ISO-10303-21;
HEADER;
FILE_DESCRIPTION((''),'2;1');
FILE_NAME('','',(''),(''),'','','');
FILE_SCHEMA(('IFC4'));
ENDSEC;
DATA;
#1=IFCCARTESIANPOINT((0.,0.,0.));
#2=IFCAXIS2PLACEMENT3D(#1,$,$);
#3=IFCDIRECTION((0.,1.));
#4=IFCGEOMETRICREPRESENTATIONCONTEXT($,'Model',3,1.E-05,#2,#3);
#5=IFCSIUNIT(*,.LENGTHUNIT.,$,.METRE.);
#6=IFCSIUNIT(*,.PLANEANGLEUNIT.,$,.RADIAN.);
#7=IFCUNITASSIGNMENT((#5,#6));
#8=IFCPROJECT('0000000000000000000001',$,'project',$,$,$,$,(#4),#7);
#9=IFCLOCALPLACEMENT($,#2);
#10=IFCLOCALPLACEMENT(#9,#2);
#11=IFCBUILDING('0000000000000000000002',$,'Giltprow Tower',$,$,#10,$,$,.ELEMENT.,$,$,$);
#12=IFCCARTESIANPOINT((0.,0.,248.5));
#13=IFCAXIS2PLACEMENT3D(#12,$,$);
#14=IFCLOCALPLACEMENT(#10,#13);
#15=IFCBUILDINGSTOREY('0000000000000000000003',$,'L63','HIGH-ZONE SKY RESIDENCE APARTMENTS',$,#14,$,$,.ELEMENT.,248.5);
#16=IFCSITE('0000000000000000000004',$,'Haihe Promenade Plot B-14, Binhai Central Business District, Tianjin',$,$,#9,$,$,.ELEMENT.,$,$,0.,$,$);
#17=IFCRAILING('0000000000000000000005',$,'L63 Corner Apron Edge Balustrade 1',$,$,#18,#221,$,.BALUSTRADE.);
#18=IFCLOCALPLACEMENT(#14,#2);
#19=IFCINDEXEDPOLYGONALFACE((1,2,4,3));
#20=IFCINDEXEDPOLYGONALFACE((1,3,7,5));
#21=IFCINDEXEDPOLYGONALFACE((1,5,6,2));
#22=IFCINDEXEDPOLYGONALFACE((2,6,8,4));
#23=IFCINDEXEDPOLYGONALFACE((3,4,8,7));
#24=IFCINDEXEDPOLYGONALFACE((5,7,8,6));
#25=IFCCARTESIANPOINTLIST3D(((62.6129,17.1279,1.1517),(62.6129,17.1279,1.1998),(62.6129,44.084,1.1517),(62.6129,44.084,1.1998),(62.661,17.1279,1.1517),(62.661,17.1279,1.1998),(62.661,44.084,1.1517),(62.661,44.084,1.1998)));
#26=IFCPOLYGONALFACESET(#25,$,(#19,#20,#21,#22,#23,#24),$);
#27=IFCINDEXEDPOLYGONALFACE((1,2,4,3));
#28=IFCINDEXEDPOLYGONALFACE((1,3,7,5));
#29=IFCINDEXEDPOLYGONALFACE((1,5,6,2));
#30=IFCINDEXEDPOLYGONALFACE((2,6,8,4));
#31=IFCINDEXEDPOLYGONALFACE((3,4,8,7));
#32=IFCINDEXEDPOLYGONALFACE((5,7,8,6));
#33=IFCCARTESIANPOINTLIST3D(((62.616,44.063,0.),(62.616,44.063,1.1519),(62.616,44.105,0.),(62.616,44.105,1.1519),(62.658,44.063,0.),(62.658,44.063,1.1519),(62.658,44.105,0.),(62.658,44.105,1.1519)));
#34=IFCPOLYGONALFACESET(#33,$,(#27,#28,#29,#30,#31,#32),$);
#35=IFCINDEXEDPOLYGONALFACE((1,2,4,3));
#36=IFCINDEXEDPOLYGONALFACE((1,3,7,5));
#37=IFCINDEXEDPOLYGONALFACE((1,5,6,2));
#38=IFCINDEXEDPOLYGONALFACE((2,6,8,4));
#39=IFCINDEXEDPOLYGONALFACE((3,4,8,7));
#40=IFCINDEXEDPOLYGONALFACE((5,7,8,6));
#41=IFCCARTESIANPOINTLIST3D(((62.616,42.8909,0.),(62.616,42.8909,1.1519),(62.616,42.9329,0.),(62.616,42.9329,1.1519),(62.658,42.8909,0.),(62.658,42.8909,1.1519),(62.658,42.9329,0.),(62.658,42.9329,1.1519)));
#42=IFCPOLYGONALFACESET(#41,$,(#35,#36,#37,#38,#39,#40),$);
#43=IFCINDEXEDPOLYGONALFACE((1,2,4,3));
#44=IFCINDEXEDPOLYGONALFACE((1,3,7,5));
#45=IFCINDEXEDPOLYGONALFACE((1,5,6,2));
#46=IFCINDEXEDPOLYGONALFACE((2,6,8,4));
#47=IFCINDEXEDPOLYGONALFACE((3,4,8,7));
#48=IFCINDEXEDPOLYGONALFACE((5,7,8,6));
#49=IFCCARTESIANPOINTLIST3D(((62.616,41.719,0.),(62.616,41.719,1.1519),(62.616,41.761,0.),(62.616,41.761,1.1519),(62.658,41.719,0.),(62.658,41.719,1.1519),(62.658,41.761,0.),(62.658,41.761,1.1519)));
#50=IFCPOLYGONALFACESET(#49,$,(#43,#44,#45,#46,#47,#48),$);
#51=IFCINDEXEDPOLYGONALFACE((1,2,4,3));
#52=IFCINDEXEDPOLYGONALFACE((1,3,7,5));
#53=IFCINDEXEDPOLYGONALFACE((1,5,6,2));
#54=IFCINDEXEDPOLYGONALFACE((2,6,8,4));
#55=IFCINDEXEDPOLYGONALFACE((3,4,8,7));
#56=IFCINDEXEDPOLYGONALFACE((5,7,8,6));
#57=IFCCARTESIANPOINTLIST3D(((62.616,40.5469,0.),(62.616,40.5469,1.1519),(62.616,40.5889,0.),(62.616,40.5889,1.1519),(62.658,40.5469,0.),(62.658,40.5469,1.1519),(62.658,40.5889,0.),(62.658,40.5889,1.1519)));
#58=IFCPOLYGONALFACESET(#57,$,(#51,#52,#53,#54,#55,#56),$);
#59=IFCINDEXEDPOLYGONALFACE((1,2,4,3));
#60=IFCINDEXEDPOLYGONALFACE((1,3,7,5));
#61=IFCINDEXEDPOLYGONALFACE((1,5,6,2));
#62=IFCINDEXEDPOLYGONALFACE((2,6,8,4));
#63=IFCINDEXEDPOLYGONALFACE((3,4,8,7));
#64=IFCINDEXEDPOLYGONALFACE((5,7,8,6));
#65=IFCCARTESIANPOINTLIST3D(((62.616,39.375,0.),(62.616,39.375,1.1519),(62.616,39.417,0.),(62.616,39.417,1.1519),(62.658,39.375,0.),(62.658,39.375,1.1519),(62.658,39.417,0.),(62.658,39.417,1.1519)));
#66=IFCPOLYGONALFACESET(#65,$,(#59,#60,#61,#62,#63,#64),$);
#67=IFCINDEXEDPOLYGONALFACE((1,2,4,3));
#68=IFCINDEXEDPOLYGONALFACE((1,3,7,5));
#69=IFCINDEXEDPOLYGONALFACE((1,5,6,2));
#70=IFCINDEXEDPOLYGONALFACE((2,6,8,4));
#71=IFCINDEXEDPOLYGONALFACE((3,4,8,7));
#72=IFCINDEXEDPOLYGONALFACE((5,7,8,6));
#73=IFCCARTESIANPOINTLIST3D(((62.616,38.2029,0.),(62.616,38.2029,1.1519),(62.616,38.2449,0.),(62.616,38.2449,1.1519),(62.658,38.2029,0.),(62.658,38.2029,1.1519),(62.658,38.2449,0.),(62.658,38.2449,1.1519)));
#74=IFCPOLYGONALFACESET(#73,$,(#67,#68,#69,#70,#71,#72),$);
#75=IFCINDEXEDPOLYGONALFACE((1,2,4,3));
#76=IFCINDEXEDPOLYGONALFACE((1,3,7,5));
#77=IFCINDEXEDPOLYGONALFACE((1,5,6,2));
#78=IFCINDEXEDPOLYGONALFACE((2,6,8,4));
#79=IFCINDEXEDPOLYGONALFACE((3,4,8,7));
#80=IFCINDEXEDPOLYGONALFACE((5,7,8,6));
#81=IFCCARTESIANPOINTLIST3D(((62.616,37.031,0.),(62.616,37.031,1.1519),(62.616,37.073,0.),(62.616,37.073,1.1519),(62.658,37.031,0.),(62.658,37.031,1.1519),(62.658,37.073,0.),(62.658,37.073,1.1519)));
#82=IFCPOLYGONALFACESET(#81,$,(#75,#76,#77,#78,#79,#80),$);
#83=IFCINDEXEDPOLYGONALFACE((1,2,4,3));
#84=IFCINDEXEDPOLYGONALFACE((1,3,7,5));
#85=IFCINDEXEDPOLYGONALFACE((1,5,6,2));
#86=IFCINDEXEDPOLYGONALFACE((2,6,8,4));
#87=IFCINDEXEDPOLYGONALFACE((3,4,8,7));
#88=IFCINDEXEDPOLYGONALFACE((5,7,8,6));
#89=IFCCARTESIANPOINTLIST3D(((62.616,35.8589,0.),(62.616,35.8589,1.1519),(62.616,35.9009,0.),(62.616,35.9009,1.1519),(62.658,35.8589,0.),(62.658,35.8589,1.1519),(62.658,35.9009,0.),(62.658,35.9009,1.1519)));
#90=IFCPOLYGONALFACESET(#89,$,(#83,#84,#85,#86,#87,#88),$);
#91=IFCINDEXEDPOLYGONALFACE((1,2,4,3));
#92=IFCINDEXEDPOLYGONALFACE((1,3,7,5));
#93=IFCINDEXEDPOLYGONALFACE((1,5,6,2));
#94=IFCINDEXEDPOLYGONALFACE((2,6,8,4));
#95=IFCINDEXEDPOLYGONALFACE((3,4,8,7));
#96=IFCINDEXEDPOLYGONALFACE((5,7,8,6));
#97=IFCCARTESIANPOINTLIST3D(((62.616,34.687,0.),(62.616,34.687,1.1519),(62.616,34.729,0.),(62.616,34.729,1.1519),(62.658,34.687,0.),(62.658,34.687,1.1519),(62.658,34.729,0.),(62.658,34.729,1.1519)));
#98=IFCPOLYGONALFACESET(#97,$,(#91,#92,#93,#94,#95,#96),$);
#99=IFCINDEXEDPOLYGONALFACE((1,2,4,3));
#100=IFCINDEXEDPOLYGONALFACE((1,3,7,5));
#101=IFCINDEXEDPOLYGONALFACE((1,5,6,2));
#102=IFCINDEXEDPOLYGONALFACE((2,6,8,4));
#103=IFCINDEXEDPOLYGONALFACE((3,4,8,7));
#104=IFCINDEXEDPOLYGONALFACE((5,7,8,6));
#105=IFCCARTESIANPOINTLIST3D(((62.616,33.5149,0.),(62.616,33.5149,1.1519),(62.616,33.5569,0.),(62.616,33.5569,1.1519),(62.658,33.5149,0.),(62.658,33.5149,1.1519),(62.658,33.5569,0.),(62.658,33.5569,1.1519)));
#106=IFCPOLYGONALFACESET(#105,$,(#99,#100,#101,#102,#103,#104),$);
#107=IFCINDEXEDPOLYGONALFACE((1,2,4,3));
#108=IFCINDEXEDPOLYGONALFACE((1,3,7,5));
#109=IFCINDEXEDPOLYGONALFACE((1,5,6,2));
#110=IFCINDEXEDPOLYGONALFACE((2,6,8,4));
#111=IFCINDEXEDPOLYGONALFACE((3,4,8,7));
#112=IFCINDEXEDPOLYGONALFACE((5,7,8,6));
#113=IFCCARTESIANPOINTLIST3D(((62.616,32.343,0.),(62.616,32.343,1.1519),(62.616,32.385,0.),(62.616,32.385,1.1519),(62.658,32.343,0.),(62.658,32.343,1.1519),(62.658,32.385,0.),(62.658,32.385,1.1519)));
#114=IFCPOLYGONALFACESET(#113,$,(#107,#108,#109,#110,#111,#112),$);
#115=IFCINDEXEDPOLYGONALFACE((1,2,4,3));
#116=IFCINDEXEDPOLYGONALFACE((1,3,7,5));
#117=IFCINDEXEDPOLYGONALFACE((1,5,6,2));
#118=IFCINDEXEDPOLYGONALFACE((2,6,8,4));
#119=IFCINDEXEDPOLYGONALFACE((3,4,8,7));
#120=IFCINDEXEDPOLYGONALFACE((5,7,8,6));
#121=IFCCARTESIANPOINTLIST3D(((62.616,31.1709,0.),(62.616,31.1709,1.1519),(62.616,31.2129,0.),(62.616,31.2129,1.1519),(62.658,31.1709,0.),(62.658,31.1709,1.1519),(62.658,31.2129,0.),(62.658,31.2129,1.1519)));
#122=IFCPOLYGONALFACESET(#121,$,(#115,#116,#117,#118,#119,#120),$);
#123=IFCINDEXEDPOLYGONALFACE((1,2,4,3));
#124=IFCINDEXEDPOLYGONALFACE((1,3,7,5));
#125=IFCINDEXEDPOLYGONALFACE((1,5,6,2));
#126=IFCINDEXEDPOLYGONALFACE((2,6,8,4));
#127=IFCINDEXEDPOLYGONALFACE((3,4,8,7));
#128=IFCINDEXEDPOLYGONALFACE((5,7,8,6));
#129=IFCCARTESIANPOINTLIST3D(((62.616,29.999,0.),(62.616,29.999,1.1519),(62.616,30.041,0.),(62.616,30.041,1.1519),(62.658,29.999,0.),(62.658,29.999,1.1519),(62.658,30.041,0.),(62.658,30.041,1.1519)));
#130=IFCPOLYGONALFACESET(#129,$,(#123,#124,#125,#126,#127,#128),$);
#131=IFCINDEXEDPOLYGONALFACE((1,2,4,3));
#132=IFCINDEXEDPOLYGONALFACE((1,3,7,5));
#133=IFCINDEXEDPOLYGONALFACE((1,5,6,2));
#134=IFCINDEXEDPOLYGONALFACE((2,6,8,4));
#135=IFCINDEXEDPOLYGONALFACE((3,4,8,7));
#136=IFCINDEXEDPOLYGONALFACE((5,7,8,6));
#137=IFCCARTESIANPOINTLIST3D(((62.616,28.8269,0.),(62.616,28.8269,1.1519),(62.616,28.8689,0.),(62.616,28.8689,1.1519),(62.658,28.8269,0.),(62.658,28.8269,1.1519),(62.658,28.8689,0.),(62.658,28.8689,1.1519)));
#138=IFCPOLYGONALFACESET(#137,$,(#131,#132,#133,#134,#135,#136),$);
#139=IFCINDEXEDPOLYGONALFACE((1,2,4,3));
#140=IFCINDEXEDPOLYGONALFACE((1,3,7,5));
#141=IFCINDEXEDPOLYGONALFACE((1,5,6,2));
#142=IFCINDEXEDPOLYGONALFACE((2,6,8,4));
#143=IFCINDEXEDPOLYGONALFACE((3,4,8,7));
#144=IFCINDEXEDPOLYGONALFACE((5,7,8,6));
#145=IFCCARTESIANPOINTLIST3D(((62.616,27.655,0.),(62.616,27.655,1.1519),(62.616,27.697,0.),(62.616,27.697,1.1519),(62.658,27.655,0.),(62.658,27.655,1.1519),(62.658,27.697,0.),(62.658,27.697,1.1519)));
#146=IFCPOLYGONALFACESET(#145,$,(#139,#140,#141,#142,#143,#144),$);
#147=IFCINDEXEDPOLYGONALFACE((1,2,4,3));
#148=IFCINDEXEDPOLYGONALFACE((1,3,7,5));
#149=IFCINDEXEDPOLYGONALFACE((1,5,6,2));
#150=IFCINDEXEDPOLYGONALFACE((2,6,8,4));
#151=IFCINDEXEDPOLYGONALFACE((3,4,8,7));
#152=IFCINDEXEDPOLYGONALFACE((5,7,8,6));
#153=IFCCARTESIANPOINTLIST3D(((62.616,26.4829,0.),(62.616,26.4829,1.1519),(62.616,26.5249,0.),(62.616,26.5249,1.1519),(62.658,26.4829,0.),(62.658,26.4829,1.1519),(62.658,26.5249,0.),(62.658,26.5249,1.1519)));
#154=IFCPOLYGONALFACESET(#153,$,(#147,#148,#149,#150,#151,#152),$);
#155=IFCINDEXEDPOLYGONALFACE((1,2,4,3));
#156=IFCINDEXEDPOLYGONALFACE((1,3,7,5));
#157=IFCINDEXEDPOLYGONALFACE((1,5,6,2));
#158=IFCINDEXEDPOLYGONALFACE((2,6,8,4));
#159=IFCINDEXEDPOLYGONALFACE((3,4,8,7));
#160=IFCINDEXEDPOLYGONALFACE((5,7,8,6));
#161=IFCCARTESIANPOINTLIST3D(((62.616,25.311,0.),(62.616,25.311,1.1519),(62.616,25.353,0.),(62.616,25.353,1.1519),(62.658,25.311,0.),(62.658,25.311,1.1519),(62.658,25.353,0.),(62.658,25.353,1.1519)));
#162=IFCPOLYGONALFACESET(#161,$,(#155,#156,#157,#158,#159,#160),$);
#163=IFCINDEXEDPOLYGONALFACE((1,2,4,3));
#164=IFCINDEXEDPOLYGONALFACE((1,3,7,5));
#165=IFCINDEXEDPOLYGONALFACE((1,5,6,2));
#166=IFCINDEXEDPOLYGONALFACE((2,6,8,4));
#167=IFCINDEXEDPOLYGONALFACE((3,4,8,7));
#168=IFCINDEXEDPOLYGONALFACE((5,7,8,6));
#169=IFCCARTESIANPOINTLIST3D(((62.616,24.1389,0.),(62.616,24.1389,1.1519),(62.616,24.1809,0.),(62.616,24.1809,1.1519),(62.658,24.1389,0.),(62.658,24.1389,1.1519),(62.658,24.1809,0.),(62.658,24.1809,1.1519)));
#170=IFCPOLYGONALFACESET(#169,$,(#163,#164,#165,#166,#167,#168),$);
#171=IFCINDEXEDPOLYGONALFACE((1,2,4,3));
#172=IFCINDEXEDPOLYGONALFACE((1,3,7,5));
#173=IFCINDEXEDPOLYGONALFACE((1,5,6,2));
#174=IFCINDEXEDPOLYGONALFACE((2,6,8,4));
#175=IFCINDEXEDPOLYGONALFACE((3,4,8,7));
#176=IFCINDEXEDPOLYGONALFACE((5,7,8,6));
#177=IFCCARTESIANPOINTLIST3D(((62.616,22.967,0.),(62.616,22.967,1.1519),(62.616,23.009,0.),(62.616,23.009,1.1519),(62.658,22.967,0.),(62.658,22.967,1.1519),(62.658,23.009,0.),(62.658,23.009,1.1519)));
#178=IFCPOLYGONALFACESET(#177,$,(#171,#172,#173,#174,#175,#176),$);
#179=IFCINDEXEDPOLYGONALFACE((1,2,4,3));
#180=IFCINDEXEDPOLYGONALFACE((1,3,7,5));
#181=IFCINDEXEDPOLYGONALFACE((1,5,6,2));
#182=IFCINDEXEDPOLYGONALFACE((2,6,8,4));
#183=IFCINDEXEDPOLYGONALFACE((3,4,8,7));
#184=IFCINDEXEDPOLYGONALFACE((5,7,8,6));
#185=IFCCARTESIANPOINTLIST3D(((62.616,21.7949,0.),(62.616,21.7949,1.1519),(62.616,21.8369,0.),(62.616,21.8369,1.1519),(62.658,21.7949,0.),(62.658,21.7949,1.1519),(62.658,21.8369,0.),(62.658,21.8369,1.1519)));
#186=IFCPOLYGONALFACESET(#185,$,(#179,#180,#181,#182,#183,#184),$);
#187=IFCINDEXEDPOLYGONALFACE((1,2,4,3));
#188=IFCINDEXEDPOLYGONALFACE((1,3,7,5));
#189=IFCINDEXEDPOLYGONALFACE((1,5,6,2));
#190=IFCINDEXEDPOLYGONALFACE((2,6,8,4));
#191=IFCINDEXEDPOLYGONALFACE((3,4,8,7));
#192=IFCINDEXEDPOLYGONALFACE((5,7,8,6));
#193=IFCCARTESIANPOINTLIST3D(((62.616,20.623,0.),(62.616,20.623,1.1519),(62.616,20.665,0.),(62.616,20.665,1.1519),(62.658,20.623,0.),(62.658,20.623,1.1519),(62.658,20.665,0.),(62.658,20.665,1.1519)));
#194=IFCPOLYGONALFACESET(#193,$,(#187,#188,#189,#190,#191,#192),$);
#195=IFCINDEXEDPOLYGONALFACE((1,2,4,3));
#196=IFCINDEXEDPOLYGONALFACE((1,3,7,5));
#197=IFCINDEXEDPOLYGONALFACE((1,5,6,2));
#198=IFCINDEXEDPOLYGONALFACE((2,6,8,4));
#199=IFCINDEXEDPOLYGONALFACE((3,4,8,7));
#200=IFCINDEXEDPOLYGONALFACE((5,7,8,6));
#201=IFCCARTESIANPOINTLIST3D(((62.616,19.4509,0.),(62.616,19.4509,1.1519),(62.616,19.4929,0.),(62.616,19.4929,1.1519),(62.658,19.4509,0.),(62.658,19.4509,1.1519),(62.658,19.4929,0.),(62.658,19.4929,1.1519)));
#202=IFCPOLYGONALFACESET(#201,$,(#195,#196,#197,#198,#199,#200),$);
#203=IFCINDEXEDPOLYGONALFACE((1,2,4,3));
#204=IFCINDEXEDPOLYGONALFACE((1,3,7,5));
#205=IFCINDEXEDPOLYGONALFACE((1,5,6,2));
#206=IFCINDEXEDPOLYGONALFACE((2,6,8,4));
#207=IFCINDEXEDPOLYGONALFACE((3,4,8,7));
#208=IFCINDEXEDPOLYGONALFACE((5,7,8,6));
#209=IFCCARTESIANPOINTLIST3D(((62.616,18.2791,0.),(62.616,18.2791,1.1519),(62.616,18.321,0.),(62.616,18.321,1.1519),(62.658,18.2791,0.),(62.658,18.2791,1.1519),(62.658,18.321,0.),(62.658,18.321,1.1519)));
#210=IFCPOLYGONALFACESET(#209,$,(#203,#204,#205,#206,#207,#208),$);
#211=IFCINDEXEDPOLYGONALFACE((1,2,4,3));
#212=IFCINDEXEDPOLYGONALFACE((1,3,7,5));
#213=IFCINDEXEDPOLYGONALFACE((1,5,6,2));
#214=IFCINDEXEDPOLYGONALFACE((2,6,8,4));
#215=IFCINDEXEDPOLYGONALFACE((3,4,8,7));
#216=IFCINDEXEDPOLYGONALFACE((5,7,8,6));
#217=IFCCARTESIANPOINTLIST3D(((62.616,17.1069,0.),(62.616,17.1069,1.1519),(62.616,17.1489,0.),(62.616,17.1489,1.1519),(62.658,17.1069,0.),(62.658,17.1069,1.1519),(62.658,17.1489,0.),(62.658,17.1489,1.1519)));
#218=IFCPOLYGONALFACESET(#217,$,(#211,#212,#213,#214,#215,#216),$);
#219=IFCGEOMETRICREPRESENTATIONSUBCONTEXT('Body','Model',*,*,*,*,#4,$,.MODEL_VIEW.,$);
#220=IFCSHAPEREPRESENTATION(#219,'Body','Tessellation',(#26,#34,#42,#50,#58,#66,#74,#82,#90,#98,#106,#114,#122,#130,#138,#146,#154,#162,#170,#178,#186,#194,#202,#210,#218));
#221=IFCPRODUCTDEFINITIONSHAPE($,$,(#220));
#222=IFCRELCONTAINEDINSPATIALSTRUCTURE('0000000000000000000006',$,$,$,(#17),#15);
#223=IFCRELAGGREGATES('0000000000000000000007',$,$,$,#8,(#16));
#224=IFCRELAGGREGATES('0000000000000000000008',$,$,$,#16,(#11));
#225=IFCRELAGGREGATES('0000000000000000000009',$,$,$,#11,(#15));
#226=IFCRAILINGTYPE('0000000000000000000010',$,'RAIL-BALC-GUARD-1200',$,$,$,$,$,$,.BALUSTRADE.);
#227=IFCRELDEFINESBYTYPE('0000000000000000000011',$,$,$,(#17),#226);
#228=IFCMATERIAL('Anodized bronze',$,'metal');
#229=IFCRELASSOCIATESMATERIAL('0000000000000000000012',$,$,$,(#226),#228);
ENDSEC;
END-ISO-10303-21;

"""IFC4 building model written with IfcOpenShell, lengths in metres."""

from ifc_helpers import new_model, si_unit, direction, frame, origin, origin_2d, place, context, subcontext, project, spatial, rectangle, extrude, material, type_object, element, save


model = new_model("IFC4")

# Units and contexts
model_context = context("Model", 3, precision=1e-05, world=origin(), true_north=direction((0.0, 1.0)))
body_context = subcontext(model_context, "Body", "Model", "MODEL_VIEW")
ifc_project = project(units=[si_unit("LENGTHUNIT", "METRE"), si_unit("PLANEANGLEUNIT", "RADIAN")], contexts=[model_context])

# Site, building, storey
site_placement = place(None, origin())
site = spatial("IfcSite", under=ifc_project, at=site_placement, Name="Haihe Promenade Plot B-14, Binhai Central Business District, Tianjin", CompositionType="ELEMENT", RefElevation=0.0)
building_placement = place(site_placement, origin())
building = spatial("IfcBuilding", under=site, at=building_placement, Name="Giltprow Tower", CompositionType="ELEMENT")
storey_placement = place(building_placement, frame((0.0, 0.0, 248.5)))
storey = spatial("IfcBuildingStorey", under=building, at=storey_placement, Name="L63", Description="HIGH-ZONE SKY RESIDENCE APARTMENTS", CompositionType="ELEMENT", Elevation=248.5)

# Railing
ifc_material_1 = material(Name="Anodized bronze", Category="metal")
railing_type = type_object("IfcRailingType", Name="RAIL-BALC-GUARD-1200", PredefinedType="BALUSTRADE", material=ifc_material_1)
railing_1_placement = place(storey_placement, frame((62.637, 44.084, 0.0)))
element("IfcRailing", 1, at=railing_1_placement, inside=storey, type_object=railing_type, Name="L63 Corner Apron Edge Balustrade 1", PredefinedType="BALUSTRADE", context=body_context, shape_type="SweptSolid", body=[
    extrude(rectangle(XDim=0.0481, YDim=0.0481, at=origin_2d()), frame((0.0, 0.0, 1.1758), z_axis=(0.0, -1.0, 0.0), x_axis=(1.0, 0.0, 0.0)), (0.0, 0.0, 1.0), 26.9561),
    extrude(rectangle(XDim=0.042, YDim=0.042, at=origin_2d()), origin(), (0.0, 0.0, 1.0), 1.1519),
    extrude(rectangle(XDim=0.042, YDim=0.042, at=origin_2d()), frame((0.0, -1.1721, 0.0)), (0.0, 0.0, 1.0), 1.1519),
    extrude(rectangle(XDim=0.042, YDim=0.042, at=origin_2d()), frame((0.0, -2.344, 0.0)), (0.0, 0.0, 1.0), 1.1519),
    extrude(rectangle(XDim=0.042, YDim=0.042, at=origin_2d()), frame((0.0, -3.5161, 0.0)), (0.0, 0.0, 1.0), 1.1519),
    extrude(rectangle(XDim=0.042, YDim=0.042, at=origin_2d()), frame((0.0, -4.688, 0.0)), (0.0, 0.0, 1.0), 1.1519),
    extrude(rectangle(XDim=0.042, YDim=0.042, at=origin_2d()), frame((0.0, -5.8601, 0.0)), (0.0, 0.0, 1.0), 1.1519),
    extrude(rectangle(XDim=0.042, YDim=0.042, at=origin_2d()), frame((0.0, -7.032, 0.0)), (0.0, 0.0, 1.0), 1.1519),
    extrude(rectangle(XDim=0.042, YDim=0.042, at=origin_2d()), frame((0.0, -8.2041, 0.0)), (0.0, 0.0, 1.0), 1.1519),
    extrude(rectangle(XDim=0.042, YDim=0.042, at=origin_2d()), frame((0.0, -9.376, 0.0)), (0.0, 0.0, 1.0), 1.1519),
    extrude(rectangle(XDim=0.042, YDim=0.042, at=origin_2d()), frame((0.0, -10.5481, 0.0)), (0.0, 0.0, 1.0), 1.1519),
    extrude(rectangle(XDim=0.042, YDim=0.042, at=origin_2d()), frame((0.0, -11.72, 0.0)), (0.0, 0.0, 1.0), 1.1519),
    extrude(rectangle(XDim=0.042, YDim=0.042, at=origin_2d()), frame((0.0, -12.8921, 0.0)), (0.0, 0.0, 1.0), 1.1519),
    extrude(rectangle(XDim=0.042, YDim=0.042, at=origin_2d()), frame((0.0, -14.064, 0.0)), (0.0, 0.0, 1.0), 1.1519),
    extrude(rectangle(XDim=0.042, YDim=0.042, at=origin_2d()), frame((0.0, -15.2361, 0.0)), (0.0, 0.0, 1.0), 1.1519),
    extrude(rectangle(XDim=0.042, YDim=0.042, at=origin_2d()), frame((0.0, -16.408, 0.0)), (0.0, 0.0, 1.0), 1.1519),
    extrude(rectangle(XDim=0.042, YDim=0.042, at=origin_2d()), frame((0.0, -17.5801, 0.0)), (0.0, 0.0, 1.0), 1.1519),
    extrude(rectangle(XDim=0.042, YDim=0.042, at=origin_2d()), frame((0.0, -18.752, 0.0)), (0.0, 0.0, 1.0), 1.1519),
    extrude(rectangle(XDim=0.042, YDim=0.042, at=origin_2d()), frame((0.0, -19.9241, 0.0)), (0.0, 0.0, 1.0), 1.1519),
    extrude(rectangle(XDim=0.042, YDim=0.042, at=origin_2d()), frame((0.0, -21.0959, 0.0)), (0.0, 0.0, 1.0), 1.1519),
    extrude(rectangle(XDim=0.042, YDim=0.042, at=origin_2d()), frame((0.0, -22.2681, 0.0)), (0.0, 0.0, 1.0), 1.1519),
    extrude(rectangle(XDim=0.042, YDim=0.042, at=origin_2d()), frame((0.0, -23.4399, 0.0)), (0.0, 0.0, 1.0), 1.1519),
    extrude(rectangle(XDim=0.042, YDim=0.042, at=origin_2d()), frame((0.0, -24.6121, 0.0)), (0.0, 0.0, 1.0), 1.1519),
    extrude(rectangle(XDim=0.042, YDim=0.042, at=origin_2d()), frame((0.0, -25.7839, 0.0)), (0.0, 0.0, 1.0), 1.1519),
    extrude(rectangle(XDim=0.042, YDim=0.042, at=origin_2d()), frame((0.0, -26.9561, 0.0)), (0.0, 0.0, 1.0), 1.1519),
])

save(model, "model.ifc")
